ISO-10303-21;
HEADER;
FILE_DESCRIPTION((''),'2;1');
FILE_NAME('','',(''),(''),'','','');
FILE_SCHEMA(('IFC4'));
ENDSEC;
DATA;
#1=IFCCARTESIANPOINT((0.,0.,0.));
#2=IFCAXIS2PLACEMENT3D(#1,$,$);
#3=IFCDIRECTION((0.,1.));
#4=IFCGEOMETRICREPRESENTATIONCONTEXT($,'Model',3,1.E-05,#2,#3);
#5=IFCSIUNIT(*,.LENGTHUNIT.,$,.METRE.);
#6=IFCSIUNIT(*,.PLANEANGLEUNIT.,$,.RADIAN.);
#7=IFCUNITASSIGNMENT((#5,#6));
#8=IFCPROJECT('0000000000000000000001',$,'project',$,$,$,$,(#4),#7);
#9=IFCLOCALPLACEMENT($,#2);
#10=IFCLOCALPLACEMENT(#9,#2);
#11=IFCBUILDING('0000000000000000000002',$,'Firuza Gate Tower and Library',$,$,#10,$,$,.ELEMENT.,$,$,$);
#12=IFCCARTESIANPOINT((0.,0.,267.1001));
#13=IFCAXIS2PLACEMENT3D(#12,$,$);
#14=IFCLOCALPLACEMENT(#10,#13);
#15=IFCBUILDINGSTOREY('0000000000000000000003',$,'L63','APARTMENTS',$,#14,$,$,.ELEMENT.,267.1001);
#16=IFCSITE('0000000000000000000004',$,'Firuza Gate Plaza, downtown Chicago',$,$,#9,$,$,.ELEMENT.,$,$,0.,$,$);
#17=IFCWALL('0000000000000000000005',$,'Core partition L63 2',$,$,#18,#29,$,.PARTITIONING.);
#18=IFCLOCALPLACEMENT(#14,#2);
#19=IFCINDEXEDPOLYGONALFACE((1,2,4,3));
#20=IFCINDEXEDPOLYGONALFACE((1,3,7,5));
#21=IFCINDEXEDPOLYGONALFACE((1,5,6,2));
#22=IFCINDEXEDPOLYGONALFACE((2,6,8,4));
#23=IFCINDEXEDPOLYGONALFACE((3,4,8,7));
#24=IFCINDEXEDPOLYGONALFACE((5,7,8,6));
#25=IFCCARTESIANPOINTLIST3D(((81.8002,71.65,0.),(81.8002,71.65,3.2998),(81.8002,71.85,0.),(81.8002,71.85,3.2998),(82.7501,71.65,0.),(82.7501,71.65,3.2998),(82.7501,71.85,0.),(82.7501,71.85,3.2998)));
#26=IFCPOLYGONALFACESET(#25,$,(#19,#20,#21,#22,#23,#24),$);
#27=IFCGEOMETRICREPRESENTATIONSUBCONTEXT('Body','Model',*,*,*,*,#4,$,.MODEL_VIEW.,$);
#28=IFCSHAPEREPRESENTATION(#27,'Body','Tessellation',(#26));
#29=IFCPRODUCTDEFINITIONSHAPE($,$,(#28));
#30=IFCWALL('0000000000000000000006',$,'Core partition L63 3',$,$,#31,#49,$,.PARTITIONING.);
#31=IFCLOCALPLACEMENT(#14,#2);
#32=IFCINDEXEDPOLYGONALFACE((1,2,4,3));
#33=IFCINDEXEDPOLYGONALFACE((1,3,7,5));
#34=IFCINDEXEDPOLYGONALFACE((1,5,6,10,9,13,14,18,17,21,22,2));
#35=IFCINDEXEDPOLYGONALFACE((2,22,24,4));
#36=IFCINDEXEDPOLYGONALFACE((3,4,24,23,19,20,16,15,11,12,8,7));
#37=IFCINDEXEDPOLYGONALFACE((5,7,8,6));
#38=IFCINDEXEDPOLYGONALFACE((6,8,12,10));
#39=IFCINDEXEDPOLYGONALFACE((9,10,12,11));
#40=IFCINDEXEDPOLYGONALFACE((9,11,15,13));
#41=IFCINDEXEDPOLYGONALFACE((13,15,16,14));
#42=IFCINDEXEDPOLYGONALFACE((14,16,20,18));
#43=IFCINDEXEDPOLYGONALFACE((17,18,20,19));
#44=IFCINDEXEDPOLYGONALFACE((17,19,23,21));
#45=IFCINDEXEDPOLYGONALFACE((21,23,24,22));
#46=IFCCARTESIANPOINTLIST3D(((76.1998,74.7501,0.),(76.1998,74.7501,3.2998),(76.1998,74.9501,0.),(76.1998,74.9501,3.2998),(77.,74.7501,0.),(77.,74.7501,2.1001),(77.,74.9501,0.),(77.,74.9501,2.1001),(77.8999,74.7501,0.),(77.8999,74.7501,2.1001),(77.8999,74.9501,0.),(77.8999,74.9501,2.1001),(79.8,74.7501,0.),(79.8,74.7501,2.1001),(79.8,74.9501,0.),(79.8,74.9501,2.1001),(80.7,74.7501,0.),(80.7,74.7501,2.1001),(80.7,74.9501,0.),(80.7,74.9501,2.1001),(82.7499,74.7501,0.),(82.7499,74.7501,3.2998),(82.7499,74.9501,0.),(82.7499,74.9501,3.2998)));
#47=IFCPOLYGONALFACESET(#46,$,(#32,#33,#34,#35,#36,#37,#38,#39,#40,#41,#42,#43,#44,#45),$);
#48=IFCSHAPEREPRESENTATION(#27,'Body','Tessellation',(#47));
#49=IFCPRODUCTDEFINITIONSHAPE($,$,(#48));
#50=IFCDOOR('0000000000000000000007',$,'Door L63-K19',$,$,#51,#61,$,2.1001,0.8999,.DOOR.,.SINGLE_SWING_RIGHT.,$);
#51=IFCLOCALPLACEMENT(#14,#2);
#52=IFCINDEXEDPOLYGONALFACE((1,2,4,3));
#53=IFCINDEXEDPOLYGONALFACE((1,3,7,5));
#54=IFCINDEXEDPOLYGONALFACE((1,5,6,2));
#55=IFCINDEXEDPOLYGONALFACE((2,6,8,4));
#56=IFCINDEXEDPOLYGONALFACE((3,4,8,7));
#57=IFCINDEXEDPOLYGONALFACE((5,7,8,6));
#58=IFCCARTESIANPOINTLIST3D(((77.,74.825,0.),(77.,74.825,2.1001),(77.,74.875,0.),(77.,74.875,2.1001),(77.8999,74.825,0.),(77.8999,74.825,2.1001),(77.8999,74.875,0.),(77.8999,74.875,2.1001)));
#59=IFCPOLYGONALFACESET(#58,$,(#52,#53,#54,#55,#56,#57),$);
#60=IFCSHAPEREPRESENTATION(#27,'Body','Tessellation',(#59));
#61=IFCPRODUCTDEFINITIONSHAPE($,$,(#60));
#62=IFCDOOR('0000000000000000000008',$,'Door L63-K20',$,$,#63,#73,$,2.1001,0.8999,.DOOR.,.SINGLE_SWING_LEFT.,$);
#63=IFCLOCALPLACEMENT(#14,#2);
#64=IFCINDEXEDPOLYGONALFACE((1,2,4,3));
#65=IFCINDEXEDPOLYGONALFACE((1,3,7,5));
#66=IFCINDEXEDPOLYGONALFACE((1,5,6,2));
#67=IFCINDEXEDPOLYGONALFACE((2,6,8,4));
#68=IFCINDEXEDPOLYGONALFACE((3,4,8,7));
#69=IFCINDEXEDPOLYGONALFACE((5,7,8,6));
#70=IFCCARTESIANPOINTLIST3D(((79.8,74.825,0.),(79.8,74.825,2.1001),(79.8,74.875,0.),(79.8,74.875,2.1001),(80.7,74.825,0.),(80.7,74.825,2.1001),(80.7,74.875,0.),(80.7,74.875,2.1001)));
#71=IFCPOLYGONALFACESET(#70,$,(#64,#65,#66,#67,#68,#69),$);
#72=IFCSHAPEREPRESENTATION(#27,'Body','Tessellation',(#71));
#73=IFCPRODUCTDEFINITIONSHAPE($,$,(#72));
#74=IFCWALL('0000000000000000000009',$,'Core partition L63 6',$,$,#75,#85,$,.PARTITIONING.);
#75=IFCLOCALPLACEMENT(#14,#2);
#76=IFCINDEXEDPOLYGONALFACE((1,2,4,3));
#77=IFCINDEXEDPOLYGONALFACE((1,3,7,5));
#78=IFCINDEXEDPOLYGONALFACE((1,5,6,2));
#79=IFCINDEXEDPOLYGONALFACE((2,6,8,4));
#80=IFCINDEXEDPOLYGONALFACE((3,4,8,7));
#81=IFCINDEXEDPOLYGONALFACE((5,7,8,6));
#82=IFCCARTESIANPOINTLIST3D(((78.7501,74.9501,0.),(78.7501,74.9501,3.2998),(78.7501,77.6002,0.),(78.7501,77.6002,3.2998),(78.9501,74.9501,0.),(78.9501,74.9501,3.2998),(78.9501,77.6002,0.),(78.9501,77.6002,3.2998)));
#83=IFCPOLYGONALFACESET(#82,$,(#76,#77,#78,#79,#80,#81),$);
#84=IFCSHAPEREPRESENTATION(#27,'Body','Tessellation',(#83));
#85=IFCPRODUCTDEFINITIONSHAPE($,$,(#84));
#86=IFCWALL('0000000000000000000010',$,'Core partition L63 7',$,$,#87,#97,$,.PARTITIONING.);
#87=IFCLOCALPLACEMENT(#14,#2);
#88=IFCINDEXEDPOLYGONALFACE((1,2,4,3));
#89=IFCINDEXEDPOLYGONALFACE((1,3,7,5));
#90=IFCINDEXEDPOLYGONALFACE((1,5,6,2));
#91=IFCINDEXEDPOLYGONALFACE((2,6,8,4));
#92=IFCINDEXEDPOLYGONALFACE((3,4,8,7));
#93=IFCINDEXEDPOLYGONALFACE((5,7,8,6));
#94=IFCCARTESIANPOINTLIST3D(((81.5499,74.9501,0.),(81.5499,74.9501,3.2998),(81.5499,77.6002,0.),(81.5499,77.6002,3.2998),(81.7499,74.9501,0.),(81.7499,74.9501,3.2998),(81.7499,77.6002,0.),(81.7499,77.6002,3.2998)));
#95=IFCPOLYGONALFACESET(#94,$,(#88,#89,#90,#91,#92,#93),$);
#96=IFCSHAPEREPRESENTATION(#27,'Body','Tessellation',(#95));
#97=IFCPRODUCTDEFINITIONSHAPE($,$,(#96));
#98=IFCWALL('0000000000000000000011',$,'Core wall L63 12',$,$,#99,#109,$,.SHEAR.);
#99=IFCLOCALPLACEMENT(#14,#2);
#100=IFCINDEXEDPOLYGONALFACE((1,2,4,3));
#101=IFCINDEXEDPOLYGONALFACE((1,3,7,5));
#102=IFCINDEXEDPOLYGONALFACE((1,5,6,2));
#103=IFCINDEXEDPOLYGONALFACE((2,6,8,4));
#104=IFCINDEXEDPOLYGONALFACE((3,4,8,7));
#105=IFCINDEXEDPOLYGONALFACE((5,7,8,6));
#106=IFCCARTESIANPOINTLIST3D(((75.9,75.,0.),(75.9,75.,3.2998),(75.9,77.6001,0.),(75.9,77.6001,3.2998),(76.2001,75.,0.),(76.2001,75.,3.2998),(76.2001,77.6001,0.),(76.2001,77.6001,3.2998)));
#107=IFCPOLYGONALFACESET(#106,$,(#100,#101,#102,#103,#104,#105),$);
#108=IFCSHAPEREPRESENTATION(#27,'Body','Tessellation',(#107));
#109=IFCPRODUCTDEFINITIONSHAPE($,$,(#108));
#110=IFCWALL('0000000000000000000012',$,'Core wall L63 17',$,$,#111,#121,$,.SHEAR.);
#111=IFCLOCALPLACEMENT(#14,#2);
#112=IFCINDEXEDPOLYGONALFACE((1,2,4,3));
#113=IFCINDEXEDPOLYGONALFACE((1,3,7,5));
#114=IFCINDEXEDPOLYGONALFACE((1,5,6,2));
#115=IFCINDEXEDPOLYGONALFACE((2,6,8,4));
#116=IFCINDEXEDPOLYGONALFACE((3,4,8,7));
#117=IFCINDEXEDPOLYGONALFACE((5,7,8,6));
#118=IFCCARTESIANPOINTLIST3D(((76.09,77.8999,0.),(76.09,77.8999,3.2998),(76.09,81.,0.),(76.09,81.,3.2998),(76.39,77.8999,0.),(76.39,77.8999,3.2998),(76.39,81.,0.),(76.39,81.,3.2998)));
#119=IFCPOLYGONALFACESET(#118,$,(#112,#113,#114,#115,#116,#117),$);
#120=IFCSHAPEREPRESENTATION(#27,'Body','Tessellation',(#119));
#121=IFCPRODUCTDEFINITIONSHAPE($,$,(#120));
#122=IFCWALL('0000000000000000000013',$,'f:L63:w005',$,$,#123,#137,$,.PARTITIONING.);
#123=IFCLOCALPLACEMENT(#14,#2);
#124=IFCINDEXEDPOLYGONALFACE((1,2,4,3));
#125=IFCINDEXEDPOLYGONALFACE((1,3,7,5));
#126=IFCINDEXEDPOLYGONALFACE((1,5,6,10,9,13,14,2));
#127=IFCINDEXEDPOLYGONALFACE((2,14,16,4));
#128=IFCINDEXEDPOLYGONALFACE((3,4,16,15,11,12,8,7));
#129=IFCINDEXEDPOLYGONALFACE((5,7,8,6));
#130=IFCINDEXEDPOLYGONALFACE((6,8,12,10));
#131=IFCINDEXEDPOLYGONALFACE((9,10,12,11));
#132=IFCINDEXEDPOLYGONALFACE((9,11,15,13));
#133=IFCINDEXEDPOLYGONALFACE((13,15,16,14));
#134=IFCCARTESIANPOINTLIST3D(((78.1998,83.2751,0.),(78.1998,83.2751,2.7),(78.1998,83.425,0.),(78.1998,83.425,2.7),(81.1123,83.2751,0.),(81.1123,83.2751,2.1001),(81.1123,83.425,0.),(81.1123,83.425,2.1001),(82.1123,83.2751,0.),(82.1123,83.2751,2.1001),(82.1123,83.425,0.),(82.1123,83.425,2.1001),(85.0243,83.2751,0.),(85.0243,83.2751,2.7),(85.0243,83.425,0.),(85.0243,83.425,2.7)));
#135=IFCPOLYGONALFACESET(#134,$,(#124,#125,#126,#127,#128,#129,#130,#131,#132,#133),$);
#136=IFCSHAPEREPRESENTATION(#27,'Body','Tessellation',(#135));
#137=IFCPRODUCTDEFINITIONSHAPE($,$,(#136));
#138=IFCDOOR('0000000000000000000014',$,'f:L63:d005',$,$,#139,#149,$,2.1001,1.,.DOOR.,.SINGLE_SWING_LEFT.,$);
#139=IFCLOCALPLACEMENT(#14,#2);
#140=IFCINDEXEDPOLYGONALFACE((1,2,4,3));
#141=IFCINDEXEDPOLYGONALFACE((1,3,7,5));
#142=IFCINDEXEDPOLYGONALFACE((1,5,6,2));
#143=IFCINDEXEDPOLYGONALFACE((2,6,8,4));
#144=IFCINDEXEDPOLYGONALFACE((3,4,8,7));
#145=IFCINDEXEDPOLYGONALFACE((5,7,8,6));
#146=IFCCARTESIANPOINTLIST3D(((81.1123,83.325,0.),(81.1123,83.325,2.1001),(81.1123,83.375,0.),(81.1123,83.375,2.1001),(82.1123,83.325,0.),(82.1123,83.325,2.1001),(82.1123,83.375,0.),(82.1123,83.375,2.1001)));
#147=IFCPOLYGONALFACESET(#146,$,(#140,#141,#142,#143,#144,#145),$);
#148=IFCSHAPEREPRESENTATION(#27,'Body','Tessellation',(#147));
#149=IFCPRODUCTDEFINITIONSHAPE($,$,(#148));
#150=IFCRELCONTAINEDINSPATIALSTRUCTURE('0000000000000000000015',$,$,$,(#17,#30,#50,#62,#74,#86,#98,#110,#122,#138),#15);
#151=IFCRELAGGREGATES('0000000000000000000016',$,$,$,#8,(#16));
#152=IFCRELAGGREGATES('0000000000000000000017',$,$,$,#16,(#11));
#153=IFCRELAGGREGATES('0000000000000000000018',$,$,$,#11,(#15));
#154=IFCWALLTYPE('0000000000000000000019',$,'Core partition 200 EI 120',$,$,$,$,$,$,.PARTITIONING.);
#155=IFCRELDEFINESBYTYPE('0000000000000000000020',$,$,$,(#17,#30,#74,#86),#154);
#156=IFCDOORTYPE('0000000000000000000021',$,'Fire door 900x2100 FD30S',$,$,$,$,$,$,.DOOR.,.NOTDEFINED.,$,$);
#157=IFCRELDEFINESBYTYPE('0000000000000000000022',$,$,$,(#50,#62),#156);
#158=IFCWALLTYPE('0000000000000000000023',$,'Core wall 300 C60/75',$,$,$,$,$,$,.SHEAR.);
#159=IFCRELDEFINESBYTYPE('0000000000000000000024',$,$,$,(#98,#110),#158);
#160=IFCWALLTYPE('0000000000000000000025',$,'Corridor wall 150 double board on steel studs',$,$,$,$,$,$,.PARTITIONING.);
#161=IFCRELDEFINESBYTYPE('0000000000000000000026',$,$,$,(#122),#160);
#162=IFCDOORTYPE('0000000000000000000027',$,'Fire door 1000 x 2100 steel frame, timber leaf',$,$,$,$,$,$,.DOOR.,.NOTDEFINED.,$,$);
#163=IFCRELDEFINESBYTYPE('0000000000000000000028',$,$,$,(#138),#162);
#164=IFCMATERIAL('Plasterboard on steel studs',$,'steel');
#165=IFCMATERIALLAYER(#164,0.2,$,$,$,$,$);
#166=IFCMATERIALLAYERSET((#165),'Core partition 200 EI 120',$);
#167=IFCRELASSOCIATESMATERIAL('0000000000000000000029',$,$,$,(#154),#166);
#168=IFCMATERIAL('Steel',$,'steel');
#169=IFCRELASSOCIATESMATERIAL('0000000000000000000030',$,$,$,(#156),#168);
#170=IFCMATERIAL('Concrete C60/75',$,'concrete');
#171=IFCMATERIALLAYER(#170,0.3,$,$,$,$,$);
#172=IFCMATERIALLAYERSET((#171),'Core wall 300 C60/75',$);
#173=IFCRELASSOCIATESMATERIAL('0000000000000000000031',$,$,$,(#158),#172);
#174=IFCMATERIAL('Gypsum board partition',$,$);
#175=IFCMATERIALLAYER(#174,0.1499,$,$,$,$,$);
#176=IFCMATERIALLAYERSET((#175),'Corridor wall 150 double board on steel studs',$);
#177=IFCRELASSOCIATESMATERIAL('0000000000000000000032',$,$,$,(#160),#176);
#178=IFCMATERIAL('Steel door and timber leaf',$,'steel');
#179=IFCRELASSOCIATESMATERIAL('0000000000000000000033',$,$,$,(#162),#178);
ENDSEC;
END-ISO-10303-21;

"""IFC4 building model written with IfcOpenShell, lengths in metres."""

from ifc_helpers import new_model, si_unit, direction, frame, frame_2d, origin, place, context, subcontext, project, spatial, rectangle, extrude, material, layer, layer_set, type_object, element, fill, save


model = new_model("IFC4")

# Units and contexts
model_context = context("Model", 3, precision=1e-05, world=origin(), true_north=direction((0.0, 1.0)))
body_context = subcontext(model_context, "Body", "Model", "MODEL_VIEW")
ifc_project = project(units=[si_unit("LENGTHUNIT", "METRE"), si_unit("PLANEANGLEUNIT", "RADIAN")], contexts=[model_context])

# Site, building, storey
site_placement = place(None, origin())
site = spatial("IfcSite", under=ifc_project, at=site_placement, Name="Firuza Gate Plaza, downtown Chicago", CompositionType="ELEMENT", RefElevation=0.0)
building_placement = place(site_placement, origin())
building = spatial("IfcBuilding", under=site, at=building_placement, Name="Firuza Gate Tower and Library", CompositionType="ELEMENT")
storey_placement = place(building_placement, frame((0.0, 0.0, 267.1001)))
storey = spatial("IfcBuildingStorey", under=building, at=storey_placement, Name="L63", Description="APARTMENTS", CompositionType="ELEMENT", Elevation=267.1001)

# Wall
ifc_material_1 = material(Name="Plasterboard on steel studs", Category="steel")
ifc_layer_1 = layer(ifc_material_1, 0.2)
ifc_layer_set_1 = layer_set([ifc_layer_1], Name="Core partition 200 EI 120")
wall_type_1 = type_object("IfcWallType", Name="Core partition 200 EI 120", PredefinedType="PARTITIONING", material=ifc_layer_set_1)
wall_1_placement = place(storey_placement, frame((81.8, 71.75, 0.0), z_axis=(0.0, 0.0, 1.0), x_axis=(1.0, 0.0, 0.0)))
element("IfcWall", 1, at=wall_1_placement, inside=storey, type_object=wall_type_1, Name="Core partition L63 2", PredefinedType="PARTITIONING", context=body_context, shape_type="SweptSolid", body=[
    extrude(rectangle(XDim=0.95, YDim=0.2, at=frame_2d((0.4751, 0.0))), origin(), (0.0, 0.0, 1.0), 3.2998),
])

# Wall, openings, doors
wall_2_placement = place(storey_placement, frame((76.2, 74.8501, 0.0), z_axis=(0.0, 0.0, 1.0), x_axis=(1.0, 0.0, 0.0)))
wall_2 = element("IfcWall", 2, at=wall_2_placement, inside=storey, type_object=wall_type_1, Name="Core partition L63 3", PredefinedType="PARTITIONING", context=body_context, shape_type="SweptSolid", body=[
    extrude(rectangle(XDim=6.55, YDim=0.2, at=frame_2d((3.2749, 0.0))), origin(), (0.0, 0.0, 1.0), 3.2998),
])
opening_1_placement = place(wall_2_placement, frame((0.8, 0.0, 0.0)))
opening_1 = element("IfcOpeningElement", 3, at=opening_1_placement, cuts=wall_2, PredefinedType="OPENING", context=body_context, shape_type="SweptSolid", body=[
    extrude(rectangle(XDim=0.8999, YDim=2.1001, at=frame_2d((0.45, 1.05))), frame((0.0, 0.1099, 0.0), z_axis=(0.0, -1.0, 0.0), x_axis=(1.0, 0.0, 0.0)), (0.0, 0.0, 1.0), 0.22),
])
opening_2_placement = place(wall_2_placement, frame((3.6001, 0.0, 0.0)))
opening_2 = element("IfcOpeningElement", 4, at=opening_2_placement, cuts=wall_2, PredefinedType="OPENING", context=body_context, shape_type="SweptSolid", body=[
    extrude(rectangle(XDim=0.8999, YDim=2.1001, at=frame_2d((0.45, 1.05))), frame((0.0, 0.1099, 0.0), z_axis=(0.0, -1.0, 0.0), x_axis=(1.0, 0.0, 0.0)), (0.0, 0.0, 1.0), 0.22),
])
ifc_material_2 = material(Name="Steel", Category="steel")
door_type_1 = type_object("IfcDoorType", Name="Fire door 900x2100 FD30S", OperationType="NOTDEFINED", PredefinedType="DOOR", material=ifc_material_2)
door_1_placement = place(opening_1_placement, origin())
door_1 = element("IfcDoor", 5, at=door_1_placement, inside=storey, type_object=door_type_1, Name="Door L63-K19", OperationType="SINGLE_SWING_RIGHT", OverallHeight=2.1001, OverallWidth=0.8999, PredefinedType="DOOR", context=body_context, shape_type="SweptSolid", body=[
    extrude(rectangle(XDim=0.8999, YDim=2.1001, at=frame_2d((0.45, 1.05))), frame((0.0, 0.0249, 0.0), z_axis=(0.0, -1.0, 0.0), x_axis=(1.0, 0.0, 0.0)), (0.0, 0.0, 1.0), 0.05),
])
fill(opening_1, door_1)
door_2_placement = place(opening_2_placement, origin())
door_2 = element("IfcDoor", 6, at=door_2_placement, inside=storey, type_object=door_type_1, Name="Door L63-K20", OperationType="SINGLE_SWING_LEFT", OverallHeight=2.1001, OverallWidth=0.8999, PredefinedType="DOOR", context=body_context, shape_type="SweptSolid", body=[
    extrude(rectangle(XDim=0.8999, YDim=2.1001, at=frame_2d((0.45, 1.05))), frame((0.0, 0.0249, 0.0), z_axis=(0.0, -1.0, 0.0), x_axis=(1.0, 0.0, 0.0)), (0.0, 0.0, 1.0), 0.05),
])
fill(opening_2, door_2)

# Walls
for number, where, z_axis, x_axis, name in (
    (7, (78.8501, 74.95, 0.0), (0.0, 0.0, 1.0), (0.0, 1.0, 0.0), "Core partition L63 6"),
    (8, (81.6499, 74.95, 0.0), (0.0, 0.0, 1.0), (0.0, 1.0, 0.0), "Core partition L63 7"),
):
    element("IfcWall", number, at=place(storey_placement, frame(where, z_axis=z_axis, x_axis=x_axis)), inside=storey, type_object=wall_type_1, Name=name, PredefinedType="PARTITIONING", context=body_context, shape_type="SweptSolid", body=[
        extrude(rectangle(XDim=2.6501, YDim=0.2, at=frame_2d((1.3252, 0.0))), origin(), (0.0, 0.0, 1.0), 3.2998),
    ])
ifc_material_3 = material(Name="Concrete C60/75", Category="concrete")
ifc_layer_2 = layer(ifc_material_3, 0.3)
ifc_layer_set_2 = layer_set([ifc_layer_2], Name="Core wall 300 C60/75")
wall_type_2 = type_object("IfcWallType", Name="Core wall 300 C60/75", PredefinedType="SHEAR", material=ifc_layer_set_2)
wall_3_placement = place(storey_placement, frame((76.05, 75.0, 0.0), z_axis=(0.0, 0.0, 1.0), x_axis=(0.0, 1.0, 0.0)))
element("IfcWall", 9, at=wall_3_placement, inside=storey, type_object=wall_type_2, Name="Core wall L63 12", PredefinedType="SHEAR", context=body_context, shape_type="SweptSolid", body=[
    extrude(rectangle(XDim=2.6001, YDim=0.3, at=frame_2d((1.3, 0.0))), origin(), (0.0, 0.0, 1.0), 3.2998),
])
wall_4_placement = place(storey_placement, frame((76.24, 77.8999, 0.0), z_axis=(0.0, 0.0, 1.0), x_axis=(0.0, 1.0, 0.0)))
element("IfcWall", 10, at=wall_4_placement, inside=storey, type_object=wall_type_2, Name="Core wall L63 17", PredefinedType="SHEAR", context=body_context, shape_type="SweptSolid", body=[
    extrude(rectangle(XDim=3.1001, YDim=0.3, at=frame_2d((1.55, 0.0))), origin(), (0.0, 0.0, 1.0), 3.2998),
])

# Wall, opening, door
ifc_material_4 = material(Name="Gypsum board partition")
ifc_layer_3 = layer(ifc_material_4, 0.1499)
ifc_layer_set_3 = layer_set([ifc_layer_3], Name="Corridor wall 150 double board on steel studs")
wall_type_3 = type_object("IfcWallType", Name="Corridor wall 150 double board on steel studs", PredefinedType="PARTITIONING", material=ifc_layer_set_3)
wall_5_placement = place(storey_placement, frame((78.2, 83.3501, 0.0), z_axis=(0.0, 0.0, 1.0), x_axis=(1.0, 0.0, 0.0)))
wall_5 = element("IfcWall", 11, at=wall_5_placement, inside=storey, type_object=wall_type_3, Name="f:L63:w005", PredefinedType="PARTITIONING", context=body_context, shape_type="SweptSolid", body=[
    extrude(rectangle(XDim=6.8245, YDim=0.1499, at=frame_2d((3.4121, 0.0))), origin(), (0.0, 0.0, 1.0), 2.7),
])
opening_3_placement = place(wall_5_placement, frame((2.9124, 0.0, 0.0)))
opening_3 = element("IfcOpeningElement", 12, at=opening_3_placement, cuts=wall_5, PredefinedType="OPENING", context=body_context, shape_type="SweptSolid", body=[
    extrude(rectangle(XDim=1.0, YDim=2.1001, at=frame_2d((0.5, 1.05))), frame((0.0, 0.085, 0.0), z_axis=(0.0, -1.0, 0.0), x_axis=(1.0, 0.0, 0.0)), (0.0, 0.0, 1.0), 0.1699),
])
ifc_material_5 = material(Name="Steel door and timber leaf", Category="steel")
door_type_2 = type_object("IfcDoorType", Name="Fire door 1000 x 2100 steel frame, timber leaf", OperationType="NOTDEFINED", PredefinedType="DOOR", material=ifc_material_5)
door_3_placement = place(opening_3_placement, origin())
door_3 = element("IfcDoor", 13, at=door_3_placement, inside=storey, type_object=door_type_2, Name="f:L63:d005", OperationType="SINGLE_SWING_LEFT", OverallHeight=2.1001, OverallWidth=1.0, PredefinedType="DOOR", context=body_context, shape_type="SweptSolid", body=[
    extrude(rectangle(XDim=1.0, YDim=2.1001, at=frame_2d((0.5, 1.05))), frame((0.0, 0.0249, 0.0), z_axis=(0.0, -1.0, 0.0), x_axis=(1.0, 0.0, 0.0)), (0.0, 0.0, 1.0), 0.05),
])
fill(opening_3, door_3)

save(model, "model.ifc")
